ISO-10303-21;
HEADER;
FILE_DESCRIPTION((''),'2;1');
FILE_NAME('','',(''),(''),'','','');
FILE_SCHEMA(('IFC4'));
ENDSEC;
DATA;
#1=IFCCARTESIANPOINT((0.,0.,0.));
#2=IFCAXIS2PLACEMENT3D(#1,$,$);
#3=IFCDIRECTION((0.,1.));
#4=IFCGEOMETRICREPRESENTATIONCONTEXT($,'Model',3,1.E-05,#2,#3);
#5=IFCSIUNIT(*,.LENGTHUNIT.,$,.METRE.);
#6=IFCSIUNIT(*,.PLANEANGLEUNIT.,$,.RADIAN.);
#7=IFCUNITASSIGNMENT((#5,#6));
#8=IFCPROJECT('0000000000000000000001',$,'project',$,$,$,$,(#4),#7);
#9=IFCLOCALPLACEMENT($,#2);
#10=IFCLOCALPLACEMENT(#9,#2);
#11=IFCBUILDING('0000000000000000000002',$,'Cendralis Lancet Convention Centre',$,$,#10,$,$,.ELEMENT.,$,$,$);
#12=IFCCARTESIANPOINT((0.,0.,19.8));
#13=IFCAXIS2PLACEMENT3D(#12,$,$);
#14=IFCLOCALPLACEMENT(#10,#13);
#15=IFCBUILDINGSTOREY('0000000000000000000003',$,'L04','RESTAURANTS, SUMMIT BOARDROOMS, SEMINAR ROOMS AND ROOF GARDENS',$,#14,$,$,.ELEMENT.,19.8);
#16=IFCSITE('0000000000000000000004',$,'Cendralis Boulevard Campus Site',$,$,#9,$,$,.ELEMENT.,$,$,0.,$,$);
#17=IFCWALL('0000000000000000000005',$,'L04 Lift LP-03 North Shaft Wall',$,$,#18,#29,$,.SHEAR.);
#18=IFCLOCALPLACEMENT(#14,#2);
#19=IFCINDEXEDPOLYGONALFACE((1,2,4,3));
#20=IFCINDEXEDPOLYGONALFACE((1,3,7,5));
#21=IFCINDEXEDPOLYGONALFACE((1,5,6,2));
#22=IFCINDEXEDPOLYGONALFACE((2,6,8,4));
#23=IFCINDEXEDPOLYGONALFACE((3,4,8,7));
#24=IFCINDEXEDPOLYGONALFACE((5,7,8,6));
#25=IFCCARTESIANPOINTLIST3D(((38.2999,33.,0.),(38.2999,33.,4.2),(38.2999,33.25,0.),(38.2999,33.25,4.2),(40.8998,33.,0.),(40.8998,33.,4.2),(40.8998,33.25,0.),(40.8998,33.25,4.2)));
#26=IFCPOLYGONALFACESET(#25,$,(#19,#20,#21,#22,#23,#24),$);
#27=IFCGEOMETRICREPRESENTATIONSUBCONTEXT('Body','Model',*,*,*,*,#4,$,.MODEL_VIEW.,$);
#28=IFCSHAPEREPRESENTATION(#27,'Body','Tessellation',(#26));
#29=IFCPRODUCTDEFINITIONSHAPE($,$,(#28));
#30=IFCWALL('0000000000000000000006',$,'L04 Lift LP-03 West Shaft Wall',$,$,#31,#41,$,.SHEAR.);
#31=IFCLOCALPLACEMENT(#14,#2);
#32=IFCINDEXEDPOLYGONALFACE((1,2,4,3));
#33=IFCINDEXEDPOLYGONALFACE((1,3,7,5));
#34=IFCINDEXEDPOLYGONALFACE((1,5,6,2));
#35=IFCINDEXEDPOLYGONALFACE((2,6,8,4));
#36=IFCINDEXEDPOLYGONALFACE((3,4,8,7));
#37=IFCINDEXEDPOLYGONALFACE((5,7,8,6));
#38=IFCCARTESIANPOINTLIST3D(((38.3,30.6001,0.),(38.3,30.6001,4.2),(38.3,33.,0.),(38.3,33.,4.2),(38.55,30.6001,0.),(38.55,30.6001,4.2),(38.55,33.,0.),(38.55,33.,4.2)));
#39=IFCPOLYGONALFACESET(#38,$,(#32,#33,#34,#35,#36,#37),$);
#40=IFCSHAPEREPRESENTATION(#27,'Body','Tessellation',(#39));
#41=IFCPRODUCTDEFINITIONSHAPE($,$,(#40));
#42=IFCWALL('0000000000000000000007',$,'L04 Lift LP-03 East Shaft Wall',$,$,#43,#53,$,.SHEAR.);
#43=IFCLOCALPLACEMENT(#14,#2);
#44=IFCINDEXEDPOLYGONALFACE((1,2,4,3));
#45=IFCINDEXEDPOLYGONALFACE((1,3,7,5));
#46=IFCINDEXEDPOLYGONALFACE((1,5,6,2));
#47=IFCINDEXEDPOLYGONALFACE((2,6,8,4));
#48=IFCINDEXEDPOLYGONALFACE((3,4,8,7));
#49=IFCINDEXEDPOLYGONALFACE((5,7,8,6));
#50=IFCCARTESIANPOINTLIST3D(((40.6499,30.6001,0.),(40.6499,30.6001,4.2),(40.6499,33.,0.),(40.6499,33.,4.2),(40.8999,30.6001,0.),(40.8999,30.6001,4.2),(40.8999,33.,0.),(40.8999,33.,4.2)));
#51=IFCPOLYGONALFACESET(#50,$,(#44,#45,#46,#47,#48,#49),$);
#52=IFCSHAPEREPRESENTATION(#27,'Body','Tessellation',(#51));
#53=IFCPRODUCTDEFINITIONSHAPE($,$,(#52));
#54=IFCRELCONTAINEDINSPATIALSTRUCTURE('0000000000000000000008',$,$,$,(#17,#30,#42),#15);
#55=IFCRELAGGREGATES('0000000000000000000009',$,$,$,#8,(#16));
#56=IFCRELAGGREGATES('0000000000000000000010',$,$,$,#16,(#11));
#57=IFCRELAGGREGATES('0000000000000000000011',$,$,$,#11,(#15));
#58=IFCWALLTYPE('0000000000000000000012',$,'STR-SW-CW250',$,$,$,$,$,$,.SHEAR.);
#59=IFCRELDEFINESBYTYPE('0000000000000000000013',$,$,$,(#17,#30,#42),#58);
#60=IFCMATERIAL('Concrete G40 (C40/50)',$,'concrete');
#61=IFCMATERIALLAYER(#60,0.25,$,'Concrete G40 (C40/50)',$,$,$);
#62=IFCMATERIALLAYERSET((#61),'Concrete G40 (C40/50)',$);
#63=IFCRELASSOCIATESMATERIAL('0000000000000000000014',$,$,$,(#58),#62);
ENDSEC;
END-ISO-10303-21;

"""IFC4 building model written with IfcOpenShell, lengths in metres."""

from ifc_helpers import new_model, si_unit, direction, frame, frame_2d, origin, place, context, subcontext, project, spatial, rectangle, extrude, material, layer, layer_set, type_object, element, save


model = new_model("IFC4")

# Units and contexts
model_context = context("Model", 3, precision=1e-05, world=origin(), true_north=direction((0.0, 1.0)))
body_context = subcontext(model_context, "Body", "Model", "MODEL_VIEW")
ifc_project = project(units=[si_unit("LENGTHUNIT", "METRE"), si_unit("PLANEANGLEUNIT", "RADIAN")], contexts=[model_context])

# Site, building, storey
site_placement = place(None, origin())
site = spatial("IfcSite", under=ifc_project, at=site_placement, Name="Cendralis Boulevard Campus Site", CompositionType="ELEMENT", RefElevation=0.0)
building_placement = place(site_placement, origin())
building = spatial("IfcBuilding", under=site, at=building_placement, Name="Cendralis Lancet Convention Centre", CompositionType="ELEMENT")
storey_placement = place(building_placement, frame((0.0, 0.0, 19.8)))
storey = spatial("IfcBuildingStorey", under=building, at=storey_placement, Name="L04", Description="RESTAURANTS, SUMMIT BOARDROOMS, SEMINAR ROOMS AND ROOF GARDENS", CompositionType="ELEMENT", Elevation=19.8)

# Shared definitions
ifc_material_1 = material(Name="Concrete G40 (C40/50)", Category="concrete")

# Shared definitions
ifc_layer_1 = layer(ifc_material_1, 0.25, Name="Concrete G40 (C40/50)")
ifc_layer_set_1 = layer_set([ifc_layer_1], Name="Concrete G40 (C40/50)")
wall_type_1 = type_object("IfcWallType", Name="STR-SW-CW250", PredefinedType="SHEAR", material=ifc_layer_set_1)

# Walls
wall_1_placement = place(storey_placement, frame((38.3, 33.125, 0.0), z_axis=(0.0, 0.0, 1.0), x_axis=(1.0, 0.0, 0.0)))
element("IfcWall", 1, at=wall_1_placement, inside=storey, type_object=wall_type_1, Name="L04 Lift LP-03 North Shaft Wall", PredefinedType="SHEAR", context=body_context, shape_type="SweptSolid", body=[
    extrude(rectangle(XDim=2.5999, YDim=0.25, at=frame_2d((1.2998, 0.0))), origin(), (0.0, 0.0, 1.0), 4.2),
])
for number, where, z_axis, x_axis, name in (
    (2, (38.425, 30.6001, 0.0), (0.0, 0.0, 1.0), (0.0, 1.0, 0.0), "L04 Lift LP-03 West Shaft Wall"),
    (3, (40.7749, 30.6001, 0.0), (0.0, 0.0, 1.0), (0.0, 1.0, 0.0), "L04 Lift LP-03 East Shaft Wall"),
):
    element("IfcWall", number, at=place(storey_placement, frame(where, z_axis=z_axis, x_axis=x_axis)), inside=storey, type_object=wall_type_1, Name=name, PredefinedType="SHEAR", context=body_context, shape_type="SweptSolid", body=[
        extrude(rectangle(XDim=2.3999, YDim=0.25, at=frame_2d((1.2, 0.0))), origin(), (0.0, 0.0, 1.0), 4.2),
    ])

save(model, "model.ifc")
